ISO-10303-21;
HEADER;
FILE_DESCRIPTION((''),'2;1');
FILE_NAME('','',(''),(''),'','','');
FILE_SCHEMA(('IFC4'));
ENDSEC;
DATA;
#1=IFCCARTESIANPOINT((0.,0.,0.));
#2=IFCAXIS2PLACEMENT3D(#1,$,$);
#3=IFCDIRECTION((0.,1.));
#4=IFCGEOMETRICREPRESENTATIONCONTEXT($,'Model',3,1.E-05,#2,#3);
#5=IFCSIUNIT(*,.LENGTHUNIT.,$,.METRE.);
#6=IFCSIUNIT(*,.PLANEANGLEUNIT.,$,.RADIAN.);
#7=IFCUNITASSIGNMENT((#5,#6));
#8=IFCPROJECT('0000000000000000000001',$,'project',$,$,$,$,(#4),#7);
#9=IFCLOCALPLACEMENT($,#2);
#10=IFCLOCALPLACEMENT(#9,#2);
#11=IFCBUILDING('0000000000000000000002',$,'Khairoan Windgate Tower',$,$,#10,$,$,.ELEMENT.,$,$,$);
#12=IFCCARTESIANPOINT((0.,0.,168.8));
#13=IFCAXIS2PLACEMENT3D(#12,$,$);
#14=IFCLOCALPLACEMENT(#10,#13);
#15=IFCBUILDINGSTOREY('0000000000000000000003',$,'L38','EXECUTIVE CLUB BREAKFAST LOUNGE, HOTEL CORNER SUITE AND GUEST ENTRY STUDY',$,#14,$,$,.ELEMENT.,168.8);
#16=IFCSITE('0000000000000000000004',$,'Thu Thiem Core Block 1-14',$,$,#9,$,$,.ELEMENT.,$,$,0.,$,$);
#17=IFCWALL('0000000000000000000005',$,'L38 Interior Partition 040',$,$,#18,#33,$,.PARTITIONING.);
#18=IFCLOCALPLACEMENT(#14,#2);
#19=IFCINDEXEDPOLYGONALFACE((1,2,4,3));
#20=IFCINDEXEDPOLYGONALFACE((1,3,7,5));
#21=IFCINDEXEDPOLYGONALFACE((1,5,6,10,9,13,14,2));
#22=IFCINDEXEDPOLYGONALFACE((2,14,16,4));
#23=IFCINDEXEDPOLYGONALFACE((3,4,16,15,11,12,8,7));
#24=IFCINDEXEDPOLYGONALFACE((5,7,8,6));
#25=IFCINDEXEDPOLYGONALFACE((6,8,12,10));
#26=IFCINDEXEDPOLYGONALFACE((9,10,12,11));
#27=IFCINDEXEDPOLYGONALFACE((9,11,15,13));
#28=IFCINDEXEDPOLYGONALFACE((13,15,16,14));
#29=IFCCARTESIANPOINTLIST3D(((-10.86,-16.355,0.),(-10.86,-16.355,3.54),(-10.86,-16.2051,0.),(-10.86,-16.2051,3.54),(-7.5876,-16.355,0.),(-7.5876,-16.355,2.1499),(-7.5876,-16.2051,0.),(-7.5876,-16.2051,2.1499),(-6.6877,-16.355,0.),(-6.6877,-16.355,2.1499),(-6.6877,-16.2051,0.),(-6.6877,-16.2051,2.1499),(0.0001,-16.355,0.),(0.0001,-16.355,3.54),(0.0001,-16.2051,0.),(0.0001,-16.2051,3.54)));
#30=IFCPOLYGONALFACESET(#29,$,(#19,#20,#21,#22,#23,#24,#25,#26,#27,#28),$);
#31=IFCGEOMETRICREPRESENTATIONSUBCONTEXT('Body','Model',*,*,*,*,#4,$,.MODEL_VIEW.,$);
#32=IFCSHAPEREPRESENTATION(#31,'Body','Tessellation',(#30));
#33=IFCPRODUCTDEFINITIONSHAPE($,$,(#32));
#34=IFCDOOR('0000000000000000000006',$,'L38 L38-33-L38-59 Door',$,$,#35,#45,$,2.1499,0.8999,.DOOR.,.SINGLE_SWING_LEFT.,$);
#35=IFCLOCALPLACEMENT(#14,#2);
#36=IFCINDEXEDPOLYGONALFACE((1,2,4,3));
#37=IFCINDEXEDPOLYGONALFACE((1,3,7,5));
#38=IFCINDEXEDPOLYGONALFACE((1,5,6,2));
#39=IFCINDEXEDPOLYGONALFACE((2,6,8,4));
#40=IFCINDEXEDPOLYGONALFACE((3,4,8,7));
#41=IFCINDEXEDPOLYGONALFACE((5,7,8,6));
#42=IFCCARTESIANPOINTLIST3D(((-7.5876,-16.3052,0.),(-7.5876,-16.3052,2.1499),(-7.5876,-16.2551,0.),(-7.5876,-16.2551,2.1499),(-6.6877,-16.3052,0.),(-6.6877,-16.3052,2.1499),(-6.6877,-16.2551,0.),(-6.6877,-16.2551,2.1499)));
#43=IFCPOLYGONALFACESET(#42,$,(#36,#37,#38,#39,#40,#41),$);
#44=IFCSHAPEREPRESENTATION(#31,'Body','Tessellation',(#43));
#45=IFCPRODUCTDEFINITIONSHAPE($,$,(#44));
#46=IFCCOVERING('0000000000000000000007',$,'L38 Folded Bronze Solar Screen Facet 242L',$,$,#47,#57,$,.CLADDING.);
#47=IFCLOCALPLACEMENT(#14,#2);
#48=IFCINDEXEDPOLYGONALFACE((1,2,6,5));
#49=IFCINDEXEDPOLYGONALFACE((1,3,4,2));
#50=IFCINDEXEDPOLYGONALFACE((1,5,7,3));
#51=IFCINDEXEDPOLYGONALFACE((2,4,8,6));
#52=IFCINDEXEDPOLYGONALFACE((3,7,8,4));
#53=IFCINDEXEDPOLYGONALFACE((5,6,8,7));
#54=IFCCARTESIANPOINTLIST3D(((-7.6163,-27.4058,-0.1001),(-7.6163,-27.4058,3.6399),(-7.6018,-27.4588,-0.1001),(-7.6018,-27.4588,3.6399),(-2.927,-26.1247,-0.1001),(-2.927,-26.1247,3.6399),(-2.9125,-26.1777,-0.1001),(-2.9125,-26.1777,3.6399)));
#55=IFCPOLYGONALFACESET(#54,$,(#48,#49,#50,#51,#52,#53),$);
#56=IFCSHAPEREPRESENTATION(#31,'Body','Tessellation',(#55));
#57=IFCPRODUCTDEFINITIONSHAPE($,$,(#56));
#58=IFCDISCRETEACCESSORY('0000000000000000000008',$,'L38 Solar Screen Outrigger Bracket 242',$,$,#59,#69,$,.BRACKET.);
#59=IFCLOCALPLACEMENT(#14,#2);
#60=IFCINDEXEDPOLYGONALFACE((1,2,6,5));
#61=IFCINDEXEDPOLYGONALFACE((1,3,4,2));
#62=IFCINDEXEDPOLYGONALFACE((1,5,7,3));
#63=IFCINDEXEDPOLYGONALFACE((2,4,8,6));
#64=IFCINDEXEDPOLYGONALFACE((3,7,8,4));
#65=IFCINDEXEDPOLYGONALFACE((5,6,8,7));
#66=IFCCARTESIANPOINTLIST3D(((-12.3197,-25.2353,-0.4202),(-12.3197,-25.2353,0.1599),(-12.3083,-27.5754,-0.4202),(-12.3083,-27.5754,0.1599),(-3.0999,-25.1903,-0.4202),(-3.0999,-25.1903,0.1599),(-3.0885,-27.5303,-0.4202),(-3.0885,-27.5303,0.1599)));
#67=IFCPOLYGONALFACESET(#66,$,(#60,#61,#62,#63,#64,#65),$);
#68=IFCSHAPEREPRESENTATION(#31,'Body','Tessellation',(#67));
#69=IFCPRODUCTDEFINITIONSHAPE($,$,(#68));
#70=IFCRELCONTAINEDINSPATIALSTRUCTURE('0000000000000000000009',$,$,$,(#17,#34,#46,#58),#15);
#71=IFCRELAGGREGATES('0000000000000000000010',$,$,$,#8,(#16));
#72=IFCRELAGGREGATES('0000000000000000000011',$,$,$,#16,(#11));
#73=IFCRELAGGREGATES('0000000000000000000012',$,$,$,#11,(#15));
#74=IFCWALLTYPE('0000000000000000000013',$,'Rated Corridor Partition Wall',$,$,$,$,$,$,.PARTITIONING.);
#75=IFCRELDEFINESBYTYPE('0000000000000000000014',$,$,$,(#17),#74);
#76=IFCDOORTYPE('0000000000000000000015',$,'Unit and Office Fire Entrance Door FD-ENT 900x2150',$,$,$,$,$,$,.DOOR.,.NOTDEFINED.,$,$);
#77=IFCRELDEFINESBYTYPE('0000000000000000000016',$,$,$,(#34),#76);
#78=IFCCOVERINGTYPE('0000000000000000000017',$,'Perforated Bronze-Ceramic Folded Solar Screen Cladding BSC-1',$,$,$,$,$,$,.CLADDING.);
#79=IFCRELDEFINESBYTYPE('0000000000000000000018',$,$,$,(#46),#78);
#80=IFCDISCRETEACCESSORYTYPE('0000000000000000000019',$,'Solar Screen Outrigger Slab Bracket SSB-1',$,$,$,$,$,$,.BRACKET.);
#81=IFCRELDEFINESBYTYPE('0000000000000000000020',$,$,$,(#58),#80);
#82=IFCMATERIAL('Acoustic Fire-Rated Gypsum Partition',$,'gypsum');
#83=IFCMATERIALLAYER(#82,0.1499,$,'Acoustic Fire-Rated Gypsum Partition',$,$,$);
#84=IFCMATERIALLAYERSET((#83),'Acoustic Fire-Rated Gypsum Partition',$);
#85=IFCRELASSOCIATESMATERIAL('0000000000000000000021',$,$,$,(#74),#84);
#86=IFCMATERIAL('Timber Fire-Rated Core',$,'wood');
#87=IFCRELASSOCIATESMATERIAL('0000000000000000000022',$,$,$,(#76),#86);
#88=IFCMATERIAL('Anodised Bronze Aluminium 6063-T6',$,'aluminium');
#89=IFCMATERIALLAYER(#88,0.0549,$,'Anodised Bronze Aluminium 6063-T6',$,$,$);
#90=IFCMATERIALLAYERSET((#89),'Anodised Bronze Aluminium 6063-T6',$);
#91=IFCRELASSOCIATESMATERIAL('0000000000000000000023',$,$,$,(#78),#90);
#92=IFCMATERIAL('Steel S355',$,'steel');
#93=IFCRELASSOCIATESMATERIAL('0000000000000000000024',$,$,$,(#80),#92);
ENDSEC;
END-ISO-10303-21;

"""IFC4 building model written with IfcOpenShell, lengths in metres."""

from ifc_helpers import new_model, si_unit, direction, frame, frame_2d, origin, origin_2d, place, context, subcontext, project, spatial, rectangle, extrude, material, layer, layer_set, type_object, element, fill, save


model = new_model("IFC4")

# Units and contexts
model_context = context("Model", 3, precision=1e-05, world=origin(), true_north=direction((0.0, 1.0)))
body_context = subcontext(model_context, "Body", "Model", "MODEL_VIEW")
ifc_project = project(units=[si_unit("LENGTHUNIT", "METRE"), si_unit("PLANEANGLEUNIT", "RADIAN")], contexts=[model_context])

# Site, building, storey
site_placement = place(None, origin())
site = spatial("IfcSite", under=ifc_project, at=site_placement, Name="Thu Thiem Core Block 1-14", CompositionType="ELEMENT", RefElevation=0.0)
building_placement = place(site_placement, origin())
building = spatial("IfcBuilding", under=site, at=building_placement, Name="Khairoan Windgate Tower", CompositionType="ELEMENT")
storey_placement = place(building_placement, frame((0.0, 0.0, 168.8)))
storey = spatial("IfcBuildingStorey", under=building, at=storey_placement, Name="L38", Description="EXECUTIVE CLUB BREAKFAST LOUNGE, HOTEL CORNER SUITE AND GUEST ENTRY STUDY", CompositionType="ELEMENT", Elevation=168.8)

# Shared definitions
ifc_material_1 = material(Name="Acoustic Fire-Rated Gypsum Partition", Category="gypsum")
ifc_layer_1 = layer(ifc_material_1, 0.1499, Name="Acoustic Fire-Rated Gypsum Partition")
ifc_layer_set_1 = layer_set([ifc_layer_1], Name="Acoustic Fire-Rated Gypsum Partition")
wall_type_1 = type_object("IfcWallType", Name="Rated Corridor Partition Wall", PredefinedType="PARTITIONING", material=ifc_layer_set_1)
ifc_material_2 = material(Name="Timber Fire-Rated Core", Category="wood")
door_type_1 = type_object("IfcDoorType", Name="Unit and Office Fire Entrance Door FD-ENT 900x2150", OperationType="NOTDEFINED", PredefinedType="DOOR", material=ifc_material_2)

# Wall, opening, door
wall_1_placement = place(storey_placement, frame((-10.8601, -16.28, 0.0), z_axis=(0.0, 0.0, 1.0), x_axis=(1.0, 0.0, 0.0)))
wall_1 = element("IfcWall", 1, at=wall_1_placement, inside=storey, type_object=wall_type_1, Name="L38 Interior Partition 040", PredefinedType="PARTITIONING", context=body_context, shape_type="SweptSolid", body=[
    extrude(rectangle(XDim=10.8601, YDim=0.1499, at=frame_2d((5.4302, 0.0))), origin(), (0.0, 0.0, 1.0), 3.54),
])
opening_1_placement = place(wall_1_placement, frame((3.2725, 0.0, 0.0)))
opening_1 = element("IfcOpeningElement", 2, at=opening_1_placement, cuts=wall_1, PredefinedType="OPENING", context=body_context, shape_type="SweptSolid", body=[
    extrude(rectangle(XDim=0.8999, YDim=2.1499, at=frame_2d((0.45, 1.075))), frame((0.0, 0.085, 0.0), z_axis=(0.0, -1.0, 0.0), x_axis=(1.0, 0.0, 0.0)), (0.0, 0.0, 1.0), 0.1699),
])
door_1_placement = place(opening_1_placement, origin())
door_1 = element("IfcDoor", 3, at=door_1_placement, inside=storey, type_object=door_type_1, Name="L38 L38-33-L38-59 Door", OperationType="SINGLE_SWING_LEFT", OverallHeight=2.1499, OverallWidth=0.8999, PredefinedType="DOOR", context=body_context, shape_type="SweptSolid", body=[
    extrude(rectangle(XDim=0.8999, YDim=2.1499, at=frame_2d((0.45, 1.075))), frame((0.0, 0.0249, 0.0), z_axis=(0.0, -1.0, 0.0), x_axis=(1.0, 0.0, 0.0)), (0.0, 0.0, 1.0), 0.05),
])
fill(opening_1, door_1)

# Covering
ifc_material_3 = material(Name="Anodised Bronze Aluminium 6063-T6", Category="aluminium")
ifc_layer_2 = layer(ifc_material_3, 0.0549, Name="Anodised Bronze Aluminium 6063-T6")
ifc_layer_set_2 = layer_set([ifc_layer_2], Name="Anodised Bronze Aluminium 6063-T6")
covering_type = type_object("IfcCoveringType", Name="Perforated Bronze-Ceramic Folded Solar Screen Cladding BSC-1", PredefinedType="CLADDING", material=ifc_layer_set_2)
covering_placement = place(storey_placement, frame((-5.2644, -26.7917, -0.1001), z_axis=(0.0, 0.0, 1.0), x_axis=(-0.964649, -0.263536, 0.0)))
element("IfcCovering", 4, at=covering_placement, inside=storey, type_object=covering_type, Name="L38 Folded Bronze Solar Screen Facet 242L", PredefinedType="CLADDING", context=body_context, shape_type="SweptSolid", body=[
    extrude(rectangle(XDim=4.8611, YDim=0.0549, at=origin_2d()), origin(), (0.0, 0.0, 1.0), 3.74),
])

# Discrete accessory
ifc_material_4 = material(Name="Steel S355", Category="steel")
discrete_accessory_type = type_object("IfcDiscreteAccessoryType", Name="Solar Screen Outrigger Slab Bracket SSB-1", PredefinedType="BRACKET", material=ifc_material_4)
discrete_accessory_placement = place(storey_placement, frame((-7.7041, -26.3828, -0.4202), z_axis=(0.0, 0.0, 1.0), x_axis=(-0.999988, -0.004887, 0.0)))
element("IfcDiscreteAccessory", 5, at=discrete_accessory_placement, inside=storey, type_object=discrete_accessory_type, Name="L38 Solar Screen Outrigger Bracket 242", PredefinedType="BRACKET", context=body_context, shape_type="SweptSolid", body=[
    extrude(rectangle(XDim=9.22, YDim=2.3401, at=origin_2d()), origin(), (0.0, 0.0, 1.0), 0.5801),
])

save(model, "model.ifc")
